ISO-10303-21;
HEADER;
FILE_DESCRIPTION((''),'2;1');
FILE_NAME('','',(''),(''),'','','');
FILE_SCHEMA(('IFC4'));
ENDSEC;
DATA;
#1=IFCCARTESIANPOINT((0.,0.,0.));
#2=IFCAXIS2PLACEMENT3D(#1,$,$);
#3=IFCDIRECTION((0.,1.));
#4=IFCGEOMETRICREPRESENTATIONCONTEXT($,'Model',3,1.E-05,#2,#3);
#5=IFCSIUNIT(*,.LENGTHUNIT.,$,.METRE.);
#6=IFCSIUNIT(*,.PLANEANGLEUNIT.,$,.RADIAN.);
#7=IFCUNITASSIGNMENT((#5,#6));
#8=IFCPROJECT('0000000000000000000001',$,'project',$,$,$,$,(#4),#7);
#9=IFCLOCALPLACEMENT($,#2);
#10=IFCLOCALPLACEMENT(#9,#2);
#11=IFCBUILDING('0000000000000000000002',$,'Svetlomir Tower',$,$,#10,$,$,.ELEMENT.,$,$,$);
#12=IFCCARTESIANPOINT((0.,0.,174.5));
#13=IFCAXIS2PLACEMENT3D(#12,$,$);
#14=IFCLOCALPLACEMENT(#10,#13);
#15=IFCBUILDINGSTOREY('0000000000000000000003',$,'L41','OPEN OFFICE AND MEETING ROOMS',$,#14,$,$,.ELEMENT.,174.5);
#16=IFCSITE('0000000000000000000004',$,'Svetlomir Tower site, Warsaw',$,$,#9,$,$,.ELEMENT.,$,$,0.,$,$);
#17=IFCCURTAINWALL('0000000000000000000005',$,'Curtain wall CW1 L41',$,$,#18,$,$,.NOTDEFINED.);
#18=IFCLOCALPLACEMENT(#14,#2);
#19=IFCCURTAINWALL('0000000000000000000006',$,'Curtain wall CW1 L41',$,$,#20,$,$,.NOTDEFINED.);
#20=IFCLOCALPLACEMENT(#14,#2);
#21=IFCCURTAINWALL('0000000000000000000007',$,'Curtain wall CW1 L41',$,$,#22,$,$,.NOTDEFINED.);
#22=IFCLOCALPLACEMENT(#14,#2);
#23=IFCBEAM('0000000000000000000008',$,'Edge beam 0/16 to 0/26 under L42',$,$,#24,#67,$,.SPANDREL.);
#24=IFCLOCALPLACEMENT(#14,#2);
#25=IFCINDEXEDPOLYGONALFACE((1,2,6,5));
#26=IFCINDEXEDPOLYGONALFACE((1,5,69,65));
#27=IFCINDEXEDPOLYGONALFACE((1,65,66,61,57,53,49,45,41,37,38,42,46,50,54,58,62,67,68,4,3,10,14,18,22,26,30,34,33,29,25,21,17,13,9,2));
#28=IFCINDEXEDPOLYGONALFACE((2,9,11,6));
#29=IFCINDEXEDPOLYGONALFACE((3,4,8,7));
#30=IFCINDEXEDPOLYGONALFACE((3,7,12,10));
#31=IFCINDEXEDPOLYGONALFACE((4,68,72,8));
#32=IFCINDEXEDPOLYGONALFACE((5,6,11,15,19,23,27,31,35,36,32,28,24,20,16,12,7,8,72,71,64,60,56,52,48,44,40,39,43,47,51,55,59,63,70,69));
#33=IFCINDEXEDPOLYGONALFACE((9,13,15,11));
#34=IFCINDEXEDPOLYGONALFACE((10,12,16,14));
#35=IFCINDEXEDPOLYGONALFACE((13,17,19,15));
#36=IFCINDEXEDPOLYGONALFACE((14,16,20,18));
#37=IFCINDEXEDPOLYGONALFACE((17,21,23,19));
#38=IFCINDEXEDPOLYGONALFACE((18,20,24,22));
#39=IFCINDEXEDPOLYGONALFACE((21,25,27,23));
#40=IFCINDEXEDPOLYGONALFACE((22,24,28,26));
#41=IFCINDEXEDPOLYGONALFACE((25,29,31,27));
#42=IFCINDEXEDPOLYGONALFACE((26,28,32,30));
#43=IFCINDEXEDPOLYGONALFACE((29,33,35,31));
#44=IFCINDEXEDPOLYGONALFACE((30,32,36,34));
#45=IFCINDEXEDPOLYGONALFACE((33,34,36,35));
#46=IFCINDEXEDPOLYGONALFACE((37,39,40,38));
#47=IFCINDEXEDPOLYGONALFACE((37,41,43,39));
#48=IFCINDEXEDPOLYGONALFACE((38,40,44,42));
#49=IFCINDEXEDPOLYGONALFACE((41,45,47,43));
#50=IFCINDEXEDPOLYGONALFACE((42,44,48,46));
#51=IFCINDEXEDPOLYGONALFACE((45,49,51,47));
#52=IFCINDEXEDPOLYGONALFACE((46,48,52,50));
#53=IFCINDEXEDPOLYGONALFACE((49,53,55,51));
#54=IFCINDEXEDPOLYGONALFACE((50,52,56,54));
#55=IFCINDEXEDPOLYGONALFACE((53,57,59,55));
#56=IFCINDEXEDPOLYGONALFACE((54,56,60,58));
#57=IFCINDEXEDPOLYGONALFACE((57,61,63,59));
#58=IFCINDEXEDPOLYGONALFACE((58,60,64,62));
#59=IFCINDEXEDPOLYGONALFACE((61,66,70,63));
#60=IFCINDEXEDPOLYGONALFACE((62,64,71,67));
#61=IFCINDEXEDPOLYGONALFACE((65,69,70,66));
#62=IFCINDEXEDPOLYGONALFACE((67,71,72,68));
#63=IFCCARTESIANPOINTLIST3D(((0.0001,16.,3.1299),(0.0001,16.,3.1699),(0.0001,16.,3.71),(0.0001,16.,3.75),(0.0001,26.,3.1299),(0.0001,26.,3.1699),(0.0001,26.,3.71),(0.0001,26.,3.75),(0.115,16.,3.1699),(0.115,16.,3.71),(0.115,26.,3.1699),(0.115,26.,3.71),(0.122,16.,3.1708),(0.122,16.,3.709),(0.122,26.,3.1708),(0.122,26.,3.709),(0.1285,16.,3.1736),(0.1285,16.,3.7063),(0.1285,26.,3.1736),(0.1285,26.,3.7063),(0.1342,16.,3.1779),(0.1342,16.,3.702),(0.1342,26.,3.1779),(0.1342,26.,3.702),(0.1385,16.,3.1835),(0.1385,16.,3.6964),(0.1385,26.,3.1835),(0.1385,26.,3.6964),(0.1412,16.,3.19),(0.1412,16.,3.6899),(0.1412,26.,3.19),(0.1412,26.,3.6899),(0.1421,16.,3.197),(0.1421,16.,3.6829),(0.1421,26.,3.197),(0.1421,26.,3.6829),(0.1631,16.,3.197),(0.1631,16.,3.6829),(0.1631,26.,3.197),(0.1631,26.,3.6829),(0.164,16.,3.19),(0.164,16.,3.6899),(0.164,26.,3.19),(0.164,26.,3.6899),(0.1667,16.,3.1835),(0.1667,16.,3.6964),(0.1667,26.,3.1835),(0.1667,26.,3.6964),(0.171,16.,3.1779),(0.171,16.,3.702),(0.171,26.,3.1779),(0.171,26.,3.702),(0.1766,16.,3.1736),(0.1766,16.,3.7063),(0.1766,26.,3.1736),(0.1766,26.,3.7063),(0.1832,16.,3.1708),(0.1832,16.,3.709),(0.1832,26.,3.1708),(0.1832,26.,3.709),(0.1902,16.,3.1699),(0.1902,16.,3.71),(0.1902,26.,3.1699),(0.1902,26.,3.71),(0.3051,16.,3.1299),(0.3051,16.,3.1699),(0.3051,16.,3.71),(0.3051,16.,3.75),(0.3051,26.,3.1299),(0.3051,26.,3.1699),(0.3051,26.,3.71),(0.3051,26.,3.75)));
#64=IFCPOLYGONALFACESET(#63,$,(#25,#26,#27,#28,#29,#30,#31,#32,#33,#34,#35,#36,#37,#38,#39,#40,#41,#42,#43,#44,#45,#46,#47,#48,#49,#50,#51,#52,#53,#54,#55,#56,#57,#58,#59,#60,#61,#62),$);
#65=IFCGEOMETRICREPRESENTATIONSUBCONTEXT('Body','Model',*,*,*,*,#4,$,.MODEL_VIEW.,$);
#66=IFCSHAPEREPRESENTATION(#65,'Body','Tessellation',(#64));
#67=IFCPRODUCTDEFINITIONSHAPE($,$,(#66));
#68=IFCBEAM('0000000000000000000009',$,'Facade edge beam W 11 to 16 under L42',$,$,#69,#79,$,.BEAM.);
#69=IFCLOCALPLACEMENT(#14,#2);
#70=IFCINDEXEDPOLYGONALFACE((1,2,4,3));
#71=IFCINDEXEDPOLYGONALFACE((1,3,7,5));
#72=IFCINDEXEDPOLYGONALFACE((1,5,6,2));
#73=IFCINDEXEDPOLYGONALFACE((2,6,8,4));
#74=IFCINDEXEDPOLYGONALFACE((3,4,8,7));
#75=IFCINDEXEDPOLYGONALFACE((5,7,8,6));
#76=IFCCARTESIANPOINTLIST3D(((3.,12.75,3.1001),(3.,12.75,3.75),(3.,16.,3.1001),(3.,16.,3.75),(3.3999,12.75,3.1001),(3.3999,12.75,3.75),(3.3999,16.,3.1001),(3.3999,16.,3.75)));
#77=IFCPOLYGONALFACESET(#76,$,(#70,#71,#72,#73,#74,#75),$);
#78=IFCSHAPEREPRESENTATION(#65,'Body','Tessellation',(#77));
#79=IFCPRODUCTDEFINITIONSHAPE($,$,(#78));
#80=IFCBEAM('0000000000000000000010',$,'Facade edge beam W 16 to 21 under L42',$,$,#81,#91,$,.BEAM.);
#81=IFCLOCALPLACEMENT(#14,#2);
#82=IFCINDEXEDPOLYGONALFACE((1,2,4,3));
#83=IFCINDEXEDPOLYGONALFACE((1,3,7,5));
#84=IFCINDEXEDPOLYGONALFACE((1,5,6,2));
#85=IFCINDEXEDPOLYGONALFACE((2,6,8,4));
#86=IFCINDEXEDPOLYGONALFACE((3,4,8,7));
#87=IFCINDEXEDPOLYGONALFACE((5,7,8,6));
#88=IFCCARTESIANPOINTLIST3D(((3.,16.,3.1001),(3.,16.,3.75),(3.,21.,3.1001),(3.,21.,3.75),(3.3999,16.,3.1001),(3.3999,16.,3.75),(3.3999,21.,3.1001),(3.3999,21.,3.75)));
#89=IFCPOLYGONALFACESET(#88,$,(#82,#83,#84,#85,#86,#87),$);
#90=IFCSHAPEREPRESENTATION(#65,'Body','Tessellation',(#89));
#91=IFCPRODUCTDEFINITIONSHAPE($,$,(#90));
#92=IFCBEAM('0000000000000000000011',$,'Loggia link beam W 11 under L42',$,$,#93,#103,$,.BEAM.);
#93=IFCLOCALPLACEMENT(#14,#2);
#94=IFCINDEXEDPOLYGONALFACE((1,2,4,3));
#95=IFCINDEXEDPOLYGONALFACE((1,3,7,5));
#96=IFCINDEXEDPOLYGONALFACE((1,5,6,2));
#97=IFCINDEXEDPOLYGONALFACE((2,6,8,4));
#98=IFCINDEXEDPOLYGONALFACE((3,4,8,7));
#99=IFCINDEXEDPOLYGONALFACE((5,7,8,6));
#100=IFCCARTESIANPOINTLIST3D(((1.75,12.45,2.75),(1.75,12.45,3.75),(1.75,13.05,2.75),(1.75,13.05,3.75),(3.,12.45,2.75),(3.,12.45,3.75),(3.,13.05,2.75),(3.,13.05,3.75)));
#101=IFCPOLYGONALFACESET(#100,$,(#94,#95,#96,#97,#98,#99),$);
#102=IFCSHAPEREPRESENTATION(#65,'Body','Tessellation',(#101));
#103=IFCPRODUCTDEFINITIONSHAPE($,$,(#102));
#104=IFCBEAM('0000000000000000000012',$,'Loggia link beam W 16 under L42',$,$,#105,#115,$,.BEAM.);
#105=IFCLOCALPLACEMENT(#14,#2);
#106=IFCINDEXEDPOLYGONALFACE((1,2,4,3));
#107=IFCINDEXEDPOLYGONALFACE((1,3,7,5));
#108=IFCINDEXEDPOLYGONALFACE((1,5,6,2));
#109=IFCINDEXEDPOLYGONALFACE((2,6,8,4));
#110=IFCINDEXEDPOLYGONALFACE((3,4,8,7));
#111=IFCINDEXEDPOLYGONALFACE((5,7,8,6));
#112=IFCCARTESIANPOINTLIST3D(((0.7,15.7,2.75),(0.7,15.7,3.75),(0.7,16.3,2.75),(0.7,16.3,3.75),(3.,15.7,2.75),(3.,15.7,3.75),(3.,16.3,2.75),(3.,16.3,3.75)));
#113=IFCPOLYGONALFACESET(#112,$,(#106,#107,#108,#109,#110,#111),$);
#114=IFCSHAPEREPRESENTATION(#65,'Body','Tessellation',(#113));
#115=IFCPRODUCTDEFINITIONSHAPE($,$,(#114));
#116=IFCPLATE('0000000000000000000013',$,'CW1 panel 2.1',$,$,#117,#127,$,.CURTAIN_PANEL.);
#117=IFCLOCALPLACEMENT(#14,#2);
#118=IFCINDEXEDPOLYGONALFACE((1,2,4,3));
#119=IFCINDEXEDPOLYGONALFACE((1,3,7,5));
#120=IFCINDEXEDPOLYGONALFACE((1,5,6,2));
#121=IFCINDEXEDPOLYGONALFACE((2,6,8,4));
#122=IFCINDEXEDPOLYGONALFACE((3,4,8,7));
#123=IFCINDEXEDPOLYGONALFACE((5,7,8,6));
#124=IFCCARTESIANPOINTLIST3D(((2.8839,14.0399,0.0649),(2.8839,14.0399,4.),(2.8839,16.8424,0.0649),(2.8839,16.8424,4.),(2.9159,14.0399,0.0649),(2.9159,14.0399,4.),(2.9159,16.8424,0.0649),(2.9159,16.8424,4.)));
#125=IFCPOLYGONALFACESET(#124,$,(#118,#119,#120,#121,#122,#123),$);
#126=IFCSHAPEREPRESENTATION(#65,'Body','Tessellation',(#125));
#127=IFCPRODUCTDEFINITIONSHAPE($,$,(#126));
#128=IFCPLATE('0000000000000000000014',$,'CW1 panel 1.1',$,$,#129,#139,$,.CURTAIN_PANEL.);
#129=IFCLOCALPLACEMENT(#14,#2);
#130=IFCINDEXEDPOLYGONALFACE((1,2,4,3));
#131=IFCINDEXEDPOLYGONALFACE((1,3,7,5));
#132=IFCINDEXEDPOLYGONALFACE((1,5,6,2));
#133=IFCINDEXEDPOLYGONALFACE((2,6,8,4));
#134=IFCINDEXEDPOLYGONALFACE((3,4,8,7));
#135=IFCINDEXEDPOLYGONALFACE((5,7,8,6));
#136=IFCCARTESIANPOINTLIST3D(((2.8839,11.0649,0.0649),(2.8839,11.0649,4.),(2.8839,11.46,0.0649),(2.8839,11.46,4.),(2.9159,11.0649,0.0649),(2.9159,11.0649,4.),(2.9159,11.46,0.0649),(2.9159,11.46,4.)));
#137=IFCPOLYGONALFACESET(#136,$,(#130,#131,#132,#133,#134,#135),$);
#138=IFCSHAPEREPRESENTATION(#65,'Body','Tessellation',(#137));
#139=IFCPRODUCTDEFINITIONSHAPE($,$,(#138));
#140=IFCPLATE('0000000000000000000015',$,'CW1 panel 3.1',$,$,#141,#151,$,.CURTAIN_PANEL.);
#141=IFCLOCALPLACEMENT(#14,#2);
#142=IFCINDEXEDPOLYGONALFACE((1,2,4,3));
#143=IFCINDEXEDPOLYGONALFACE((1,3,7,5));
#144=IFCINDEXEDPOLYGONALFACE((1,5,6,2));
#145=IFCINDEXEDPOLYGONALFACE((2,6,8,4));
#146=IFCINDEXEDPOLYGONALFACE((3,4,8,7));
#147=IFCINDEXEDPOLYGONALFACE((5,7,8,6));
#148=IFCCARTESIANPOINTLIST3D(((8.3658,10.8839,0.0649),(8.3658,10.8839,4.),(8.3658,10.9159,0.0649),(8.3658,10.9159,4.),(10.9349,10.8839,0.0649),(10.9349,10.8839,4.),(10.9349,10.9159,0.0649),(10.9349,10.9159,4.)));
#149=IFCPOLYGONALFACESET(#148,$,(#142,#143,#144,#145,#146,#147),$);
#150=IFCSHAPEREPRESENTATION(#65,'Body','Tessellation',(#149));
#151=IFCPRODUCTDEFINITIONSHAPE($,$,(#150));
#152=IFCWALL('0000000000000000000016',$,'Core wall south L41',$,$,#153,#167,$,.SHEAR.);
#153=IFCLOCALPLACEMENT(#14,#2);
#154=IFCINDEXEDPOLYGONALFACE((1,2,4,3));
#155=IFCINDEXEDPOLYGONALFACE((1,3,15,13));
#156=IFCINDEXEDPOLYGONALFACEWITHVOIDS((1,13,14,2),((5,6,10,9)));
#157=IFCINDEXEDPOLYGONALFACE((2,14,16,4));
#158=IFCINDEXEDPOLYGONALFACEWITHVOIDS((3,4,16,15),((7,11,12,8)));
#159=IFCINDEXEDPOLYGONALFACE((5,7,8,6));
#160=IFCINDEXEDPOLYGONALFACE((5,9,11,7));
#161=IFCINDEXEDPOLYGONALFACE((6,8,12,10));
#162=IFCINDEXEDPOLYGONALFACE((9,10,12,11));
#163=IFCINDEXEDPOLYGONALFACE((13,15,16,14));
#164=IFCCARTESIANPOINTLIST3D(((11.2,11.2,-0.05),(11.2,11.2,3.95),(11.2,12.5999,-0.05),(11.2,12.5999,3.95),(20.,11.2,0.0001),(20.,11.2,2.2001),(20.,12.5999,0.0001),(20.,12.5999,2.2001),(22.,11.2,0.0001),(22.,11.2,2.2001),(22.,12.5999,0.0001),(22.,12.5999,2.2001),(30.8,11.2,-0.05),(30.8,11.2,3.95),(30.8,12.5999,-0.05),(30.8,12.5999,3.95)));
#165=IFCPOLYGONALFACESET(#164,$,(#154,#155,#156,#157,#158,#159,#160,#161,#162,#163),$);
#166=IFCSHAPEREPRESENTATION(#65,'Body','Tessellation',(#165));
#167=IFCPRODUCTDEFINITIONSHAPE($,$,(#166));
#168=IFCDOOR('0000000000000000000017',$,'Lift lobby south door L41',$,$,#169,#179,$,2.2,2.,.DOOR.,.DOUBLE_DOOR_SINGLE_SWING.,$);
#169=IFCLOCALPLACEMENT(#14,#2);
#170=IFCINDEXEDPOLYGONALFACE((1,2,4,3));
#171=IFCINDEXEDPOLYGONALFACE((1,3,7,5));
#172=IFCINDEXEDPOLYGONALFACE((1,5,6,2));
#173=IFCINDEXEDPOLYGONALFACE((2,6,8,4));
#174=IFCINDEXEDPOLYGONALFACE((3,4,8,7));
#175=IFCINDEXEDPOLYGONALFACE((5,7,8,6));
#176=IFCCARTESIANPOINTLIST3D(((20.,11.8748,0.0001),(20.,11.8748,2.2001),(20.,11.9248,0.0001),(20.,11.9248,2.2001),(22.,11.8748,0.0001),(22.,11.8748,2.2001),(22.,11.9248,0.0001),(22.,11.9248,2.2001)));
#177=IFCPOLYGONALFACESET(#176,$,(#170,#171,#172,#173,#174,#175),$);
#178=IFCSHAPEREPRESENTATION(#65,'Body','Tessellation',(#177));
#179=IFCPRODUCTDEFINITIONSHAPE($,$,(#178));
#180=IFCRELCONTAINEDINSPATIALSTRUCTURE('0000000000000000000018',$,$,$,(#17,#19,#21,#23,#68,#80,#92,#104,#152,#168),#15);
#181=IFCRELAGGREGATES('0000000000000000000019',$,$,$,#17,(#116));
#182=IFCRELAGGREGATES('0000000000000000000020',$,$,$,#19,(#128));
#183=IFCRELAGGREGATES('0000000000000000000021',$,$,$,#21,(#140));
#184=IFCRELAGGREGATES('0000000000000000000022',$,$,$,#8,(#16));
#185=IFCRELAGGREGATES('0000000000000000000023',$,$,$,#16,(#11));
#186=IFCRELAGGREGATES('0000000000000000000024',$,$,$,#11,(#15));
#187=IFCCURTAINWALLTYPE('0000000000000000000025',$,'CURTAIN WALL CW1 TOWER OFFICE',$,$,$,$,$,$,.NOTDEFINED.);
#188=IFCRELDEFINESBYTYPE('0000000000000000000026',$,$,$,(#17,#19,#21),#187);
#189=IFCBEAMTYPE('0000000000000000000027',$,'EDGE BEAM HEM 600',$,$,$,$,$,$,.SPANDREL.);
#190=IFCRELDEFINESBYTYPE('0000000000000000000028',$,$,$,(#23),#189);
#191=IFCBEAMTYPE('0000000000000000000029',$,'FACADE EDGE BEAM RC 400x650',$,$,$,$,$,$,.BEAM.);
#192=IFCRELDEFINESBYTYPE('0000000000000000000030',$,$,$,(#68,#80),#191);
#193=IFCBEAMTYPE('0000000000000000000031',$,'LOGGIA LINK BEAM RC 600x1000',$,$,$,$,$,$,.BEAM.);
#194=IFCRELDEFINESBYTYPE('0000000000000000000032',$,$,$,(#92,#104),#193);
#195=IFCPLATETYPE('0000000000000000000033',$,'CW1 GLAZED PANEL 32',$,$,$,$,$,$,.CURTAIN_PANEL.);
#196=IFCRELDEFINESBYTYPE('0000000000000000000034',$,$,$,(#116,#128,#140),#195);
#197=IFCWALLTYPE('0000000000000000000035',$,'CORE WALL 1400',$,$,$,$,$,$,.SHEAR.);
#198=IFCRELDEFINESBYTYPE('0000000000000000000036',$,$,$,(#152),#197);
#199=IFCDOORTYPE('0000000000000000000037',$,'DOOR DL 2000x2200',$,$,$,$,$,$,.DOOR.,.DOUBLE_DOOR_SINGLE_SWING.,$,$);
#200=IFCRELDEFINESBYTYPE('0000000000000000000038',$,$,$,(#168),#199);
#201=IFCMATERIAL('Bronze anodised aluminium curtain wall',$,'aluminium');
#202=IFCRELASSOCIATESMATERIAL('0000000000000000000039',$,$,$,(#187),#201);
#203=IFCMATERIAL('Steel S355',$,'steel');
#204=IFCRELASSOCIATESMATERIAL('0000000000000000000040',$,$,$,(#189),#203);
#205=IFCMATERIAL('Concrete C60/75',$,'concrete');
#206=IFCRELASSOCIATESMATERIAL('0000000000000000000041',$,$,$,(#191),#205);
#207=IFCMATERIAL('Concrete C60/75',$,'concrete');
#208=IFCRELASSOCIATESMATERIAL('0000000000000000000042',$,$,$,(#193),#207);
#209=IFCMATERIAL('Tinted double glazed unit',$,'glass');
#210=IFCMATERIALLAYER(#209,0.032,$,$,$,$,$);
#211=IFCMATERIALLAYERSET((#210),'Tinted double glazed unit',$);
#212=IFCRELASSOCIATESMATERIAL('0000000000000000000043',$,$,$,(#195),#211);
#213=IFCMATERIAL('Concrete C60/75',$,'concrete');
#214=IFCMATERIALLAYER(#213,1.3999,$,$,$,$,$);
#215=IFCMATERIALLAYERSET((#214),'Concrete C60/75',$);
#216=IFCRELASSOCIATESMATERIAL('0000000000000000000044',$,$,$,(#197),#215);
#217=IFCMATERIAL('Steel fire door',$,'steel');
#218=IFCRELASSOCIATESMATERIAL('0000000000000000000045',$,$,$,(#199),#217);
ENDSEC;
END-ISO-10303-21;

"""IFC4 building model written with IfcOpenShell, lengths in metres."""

from ifc_helpers import new_model, si_unit, direction, frame, frame_2d, origin, origin_2d, place, context, subcontext, project, spatial, rectangle, i_section, extrude, material, layer, layer_set, material_profile, profile_set, type_object, element, fill, aggregate, save


model = new_model("IFC4")

# Units and contexts
model_context = context("Model", 3, precision=1e-05, world=origin(), true_north=direction((0.0, 1.0)))
body_context = subcontext(model_context, "Body", "Model", "MODEL_VIEW")
ifc_project = project(units=[si_unit("LENGTHUNIT", "METRE"), si_unit("PLANEANGLEUNIT", "RADIAN")], contexts=[model_context])

# Site, building, storey
site_placement = place(None, origin())
site = spatial("IfcSite", under=ifc_project, at=site_placement, Name="Svetlomir Tower site, Warsaw", CompositionType="ELEMENT", RefElevation=0.0)
building_placement = place(site_placement, origin())
building = spatial("IfcBuilding", under=site, at=building_placement, Name="Svetlomir Tower", CompositionType="ELEMENT")
storey_placement = place(building_placement, frame((0.0, 0.0, 174.5)))
storey = spatial("IfcBuildingStorey", under=building, at=storey_placement, Name="L41", Description="OPEN OFFICE AND MEETING ROOMS", CompositionType="ELEMENT", Elevation=174.5)

# Curtain wall
ifc_material_1 = material(Name="Bronze anodised aluminium curtain wall", Category="aluminium")
curtain_wall_type = type_object("IfcCurtainWallType", Name="CURTAIN WALL CW1 TOWER OFFICE", PredefinedType="NOTDEFINED", material=ifc_material_1)
curtain_wall_1_placement = place(storey_placement, origin())
curtain_wall_1 = element("IfcCurtainWall", 1, at=curtain_wall_1_placement, inside=storey, type_object=curtain_wall_type, Name="Curtain wall CW1 L41", PredefinedType="NOTDEFINED")

# Curtain wall
curtain_wall_2_placement = place(storey_placement, origin())
curtain_wall_2 = element("IfcCurtainWall", 2, at=curtain_wall_2_placement, inside=storey, type_object=curtain_wall_type, Name="Curtain wall CW1 L41", PredefinedType="NOTDEFINED")

# Curtain wall
curtain_wall_3_placement = place(storey_placement, origin())
curtain_wall_3 = element("IfcCurtainWall", 3, at=curtain_wall_3_placement, inside=storey, type_object=curtain_wall_type, Name="Curtain wall CW1 L41", PredefinedType="NOTDEFINED")

# Beams
ifc_material_2 = material(Name="Steel S355", Category="steel")
ifc_material_profile_1 = material_profile(ifc_material_2, i_section(OverallWidth=0.3049, OverallDepth=0.6201, WebThickness=0.021, FlangeThickness=0.04, FilletRadius=0.0271, at=origin_2d()), Name="HEM 600")
ifc_profile_set_1 = profile_set([ifc_material_profile_1], Name="Steel S355")
beam_type_1 = type_object("IfcBeamType", Name="EDGE BEAM HEM 600", PredefinedType="SPANDREL", material=ifc_profile_set_1)
beam_1_placement = place(storey_placement, frame((0.1526, 16.0, 3.4399), z_axis=(0.0, 1.0, 0.0), x_axis=(-1.0, 0.0, 0.0)))
element("IfcBeam", 4, at=beam_1_placement, inside=storey, type_object=beam_type_1, Name="Edge beam 0/16 to 0/26 under L42", PredefinedType="SPANDREL", context=body_context, shape_type="SweptSolid", body=[
    extrude(i_section(OverallWidth=0.3049, OverallDepth=0.6201, WebThickness=0.021, FlangeThickness=0.04, FilletRadius=0.0271, at=origin_2d()), origin(), (0.0, 0.0, 1.0), 10.0),
])
ifc_material_3 = material(Name="Concrete C60/75", Category="concrete")
ifc_material_profile_2 = material_profile(ifc_material_3, rectangle(XDim=0.3999, YDim=0.6499, at=origin_2d()), Name="RC 400x650")
ifc_profile_set_2 = profile_set([ifc_material_profile_2], Name="Concrete C60/75")
beam_type_2 = type_object("IfcBeamType", Name="FACADE EDGE BEAM RC 400x650", PredefinedType="BEAM", material=ifc_profile_set_2)
beam_2_placement = place(storey_placement, frame((3.2, 12.75, 3.425), z_axis=(0.0, 1.0, 0.0), x_axis=(-1.0, 0.0, 0.0)))
element("IfcBeam", 5, at=beam_2_placement, inside=storey, type_object=beam_type_2, Name="Facade edge beam W 11 to 16 under L42", PredefinedType="BEAM", context=body_context, shape_type="SweptSolid", body=[
    extrude(rectangle(XDim=0.3999, YDim=0.6499, at=origin_2d()), origin(), (0.0, 0.0, 1.0), 3.25),
])
beam_3_placement = place(storey_placement, frame((3.2, 16.0, 3.425), z_axis=(0.0, 1.0, 0.0), x_axis=(-1.0, 0.0, 0.0)))
element("IfcBeam", 6, at=beam_3_placement, inside=storey, type_object=beam_type_2, Name="Facade edge beam W 16 to 21 under L42", PredefinedType="BEAM", context=body_context, shape_type="SweptSolid", body=[
    extrude(rectangle(XDim=0.3999, YDim=0.6499, at=origin_2d()), origin(), (0.0, 0.0, 1.0), 5.0),
])
ifc_material_4 = material(Name="Concrete C60/75", Category="concrete")
ifc_material_profile_3 = material_profile(ifc_material_4, rectangle(XDim=0.6001, YDim=1.0, at=origin_2d()), Name="RC 600x1000")
ifc_profile_set_3 = profile_set([ifc_material_profile_3], Name="Concrete C60/75")
beam_type_3 = type_object("IfcBeamType", Name="LOGGIA LINK BEAM RC 600x1000", PredefinedType="BEAM", material=ifc_profile_set_3)
beam_4_placement = place(storey_placement, frame((1.75, 12.75, 3.25), z_axis=(1.0, 0.0, 0.0), x_axis=(0.0, 1.0, 0.0)))
element("IfcBeam", 7, at=beam_4_placement, inside=storey, type_object=beam_type_3, Name="Loggia link beam W 11 under L42", PredefinedType="BEAM", context=body_context, shape_type="SweptSolid", body=[
    extrude(rectangle(XDim=0.6001, YDim=1.0, at=origin_2d()), origin(), (0.0, 0.0, 1.0), 1.25),
])
beam_5_placement = place(storey_placement, frame((0.7, 16.0, 3.25), z_axis=(1.0, 0.0, 0.0), x_axis=(0.0, 1.0, 0.0)))
element("IfcBeam", 8, at=beam_5_placement, inside=storey, type_object=beam_type_3, Name="Loggia link beam W 16 under L42", PredefinedType="BEAM", context=body_context, shape_type="SweptSolid", body=[
    extrude(rectangle(XDim=0.6001, YDim=1.0, at=origin_2d()), origin(), (0.0, 0.0, 1.0), 2.3),
])

# Plates
ifc_material_5 = material(Name="Tinted double glazed unit", Category="glass")
ifc_layer_1 = layer(ifc_material_5, 0.032)
ifc_layer_set_1 = layer_set([ifc_layer_1], Name="Tinted double glazed unit")
plate_type = type_object("IfcPlateType", Name="CW1 GLAZED PANEL 32", PredefinedType="CURTAIN_PANEL", material=ifc_layer_set_1)
plate_1_placement = place(storey_placement, frame((2.8999, 15.4412, 0.0649), z_axis=(0.0, 0.0, 1.0), x_axis=(0.0, -1.0, 0.0)))
plate_1 = element("IfcPlate", 9, at=plate_1_placement, type_object=plate_type, Name="CW1 panel 2.1", PredefinedType="CURTAIN_PANEL", context=body_context, shape_type="SweptSolid", body=[
    extrude(rectangle(XDim=2.8025, YDim=0.032, at=origin_2d()), origin(), (0.0, 0.0, 1.0), 3.9351),
])
aggregate(curtain_wall_1, [plate_1])
plate_2_placement = place(storey_placement, frame((2.8999, 11.2625, 0.0649), z_axis=(0.0, 0.0, 1.0), x_axis=(0.0, -1.0, 0.0)))
plate_2 = element("IfcPlate", 10, at=plate_2_placement, type_object=plate_type, Name="CW1 panel 1.1", PredefinedType="CURTAIN_PANEL", context=body_context, shape_type="SweptSolid", body=[
    extrude(rectangle(XDim=0.395, YDim=0.032, at=origin_2d()), origin(), (0.0, 0.0, 1.0), 3.9351),
])
aggregate(curtain_wall_2, [plate_2])
plate_3_placement = place(storey_placement, frame((9.6504, 10.8999, 0.0649), z_axis=(0.0, 0.0, 1.0), x_axis=(1.0, 0.0, 0.0)))
plate_3 = element("IfcPlate", 11, at=plate_3_placement, type_object=plate_type, Name="CW1 panel 3.1", PredefinedType="CURTAIN_PANEL", context=body_context, shape_type="SweptSolid", body=[
    extrude(rectangle(XDim=2.5691, YDim=0.032, at=origin_2d()), origin(), (0.0, 0.0, 1.0), 3.9351),
])
aggregate(curtain_wall_3, [plate_3])

# Wall, opening, door
ifc_material_6 = material(Name="Concrete C60/75", Category="concrete")
ifc_layer_2 = layer(ifc_material_6, 1.3999)
ifc_layer_set_2 = layer_set([ifc_layer_2], Name="Concrete C60/75")
wall_type_1 = type_object("IfcWallType", Name="CORE WALL 1400", PredefinedType="SHEAR", material=ifc_layer_set_2)
wall_1_placement = place(storey_placement, frame((11.2, 11.8999, -0.05), z_axis=(0.0, 0.0, 1.0), x_axis=(1.0, 0.0, 0.0)))
wall_1 = element("IfcWall", 12, at=wall_1_placement, inside=storey, type_object=wall_type_1, Name="Core wall south L41", PredefinedType="SHEAR", context=body_context, shape_type="SweptSolid", body=[
    extrude(rectangle(XDim=19.6001, YDim=1.3999, at=frame_2d((9.8, 0.0))), origin(), (0.0, 0.0, 1.0), 4.0),
])
opening_1_placement = place(wall_1_placement, frame((8.8, 0.0, 0.05)))
opening_1 = element("IfcOpeningElement", 13, at=opening_1_placement, cuts=wall_1, PredefinedType="OPENING", context=body_context, shape_type="SweptSolid", body=[
    extrude(rectangle(XDim=2.0, YDim=2.2, at=frame_2d((1.0, 1.1001))), frame((0.0, 0.71, 0.0), z_axis=(0.0, -1.0, 0.0), x_axis=(1.0, 0.0, 0.0)), (0.0, 0.0, 1.0), 1.4199),
])
ifc_material_7 = material(Name="Steel fire door", Category="steel")
door_type_1 = type_object("IfcDoorType", Name="DOOR DL 2000x2200", OperationType="DOUBLE_DOOR_SINGLE_SWING", PredefinedType="DOOR", material=ifc_material_7)
door_1_placement = place(opening_1_placement, origin())
door_1 = element("IfcDoor", 14, at=door_1_placement, inside=storey, type_object=door_type_1, Name="Lift lobby south door L41", OperationType="DOUBLE_DOOR_SINGLE_SWING", OverallHeight=2.2, OverallWidth=2.0, PredefinedType="DOOR", context=body_context, shape_type="SweptSolid", body=[
    extrude(rectangle(XDim=2.0, YDim=2.2, at=frame_2d((1.0, 1.1001))), frame((0.0, 0.0249, 0.0), z_axis=(0.0, -1.0, 0.0), x_axis=(1.0, 0.0, 0.0)), (0.0, 0.0, 1.0), 0.05),
])
fill(opening_1, door_1)

save(model, "model.ifc")
